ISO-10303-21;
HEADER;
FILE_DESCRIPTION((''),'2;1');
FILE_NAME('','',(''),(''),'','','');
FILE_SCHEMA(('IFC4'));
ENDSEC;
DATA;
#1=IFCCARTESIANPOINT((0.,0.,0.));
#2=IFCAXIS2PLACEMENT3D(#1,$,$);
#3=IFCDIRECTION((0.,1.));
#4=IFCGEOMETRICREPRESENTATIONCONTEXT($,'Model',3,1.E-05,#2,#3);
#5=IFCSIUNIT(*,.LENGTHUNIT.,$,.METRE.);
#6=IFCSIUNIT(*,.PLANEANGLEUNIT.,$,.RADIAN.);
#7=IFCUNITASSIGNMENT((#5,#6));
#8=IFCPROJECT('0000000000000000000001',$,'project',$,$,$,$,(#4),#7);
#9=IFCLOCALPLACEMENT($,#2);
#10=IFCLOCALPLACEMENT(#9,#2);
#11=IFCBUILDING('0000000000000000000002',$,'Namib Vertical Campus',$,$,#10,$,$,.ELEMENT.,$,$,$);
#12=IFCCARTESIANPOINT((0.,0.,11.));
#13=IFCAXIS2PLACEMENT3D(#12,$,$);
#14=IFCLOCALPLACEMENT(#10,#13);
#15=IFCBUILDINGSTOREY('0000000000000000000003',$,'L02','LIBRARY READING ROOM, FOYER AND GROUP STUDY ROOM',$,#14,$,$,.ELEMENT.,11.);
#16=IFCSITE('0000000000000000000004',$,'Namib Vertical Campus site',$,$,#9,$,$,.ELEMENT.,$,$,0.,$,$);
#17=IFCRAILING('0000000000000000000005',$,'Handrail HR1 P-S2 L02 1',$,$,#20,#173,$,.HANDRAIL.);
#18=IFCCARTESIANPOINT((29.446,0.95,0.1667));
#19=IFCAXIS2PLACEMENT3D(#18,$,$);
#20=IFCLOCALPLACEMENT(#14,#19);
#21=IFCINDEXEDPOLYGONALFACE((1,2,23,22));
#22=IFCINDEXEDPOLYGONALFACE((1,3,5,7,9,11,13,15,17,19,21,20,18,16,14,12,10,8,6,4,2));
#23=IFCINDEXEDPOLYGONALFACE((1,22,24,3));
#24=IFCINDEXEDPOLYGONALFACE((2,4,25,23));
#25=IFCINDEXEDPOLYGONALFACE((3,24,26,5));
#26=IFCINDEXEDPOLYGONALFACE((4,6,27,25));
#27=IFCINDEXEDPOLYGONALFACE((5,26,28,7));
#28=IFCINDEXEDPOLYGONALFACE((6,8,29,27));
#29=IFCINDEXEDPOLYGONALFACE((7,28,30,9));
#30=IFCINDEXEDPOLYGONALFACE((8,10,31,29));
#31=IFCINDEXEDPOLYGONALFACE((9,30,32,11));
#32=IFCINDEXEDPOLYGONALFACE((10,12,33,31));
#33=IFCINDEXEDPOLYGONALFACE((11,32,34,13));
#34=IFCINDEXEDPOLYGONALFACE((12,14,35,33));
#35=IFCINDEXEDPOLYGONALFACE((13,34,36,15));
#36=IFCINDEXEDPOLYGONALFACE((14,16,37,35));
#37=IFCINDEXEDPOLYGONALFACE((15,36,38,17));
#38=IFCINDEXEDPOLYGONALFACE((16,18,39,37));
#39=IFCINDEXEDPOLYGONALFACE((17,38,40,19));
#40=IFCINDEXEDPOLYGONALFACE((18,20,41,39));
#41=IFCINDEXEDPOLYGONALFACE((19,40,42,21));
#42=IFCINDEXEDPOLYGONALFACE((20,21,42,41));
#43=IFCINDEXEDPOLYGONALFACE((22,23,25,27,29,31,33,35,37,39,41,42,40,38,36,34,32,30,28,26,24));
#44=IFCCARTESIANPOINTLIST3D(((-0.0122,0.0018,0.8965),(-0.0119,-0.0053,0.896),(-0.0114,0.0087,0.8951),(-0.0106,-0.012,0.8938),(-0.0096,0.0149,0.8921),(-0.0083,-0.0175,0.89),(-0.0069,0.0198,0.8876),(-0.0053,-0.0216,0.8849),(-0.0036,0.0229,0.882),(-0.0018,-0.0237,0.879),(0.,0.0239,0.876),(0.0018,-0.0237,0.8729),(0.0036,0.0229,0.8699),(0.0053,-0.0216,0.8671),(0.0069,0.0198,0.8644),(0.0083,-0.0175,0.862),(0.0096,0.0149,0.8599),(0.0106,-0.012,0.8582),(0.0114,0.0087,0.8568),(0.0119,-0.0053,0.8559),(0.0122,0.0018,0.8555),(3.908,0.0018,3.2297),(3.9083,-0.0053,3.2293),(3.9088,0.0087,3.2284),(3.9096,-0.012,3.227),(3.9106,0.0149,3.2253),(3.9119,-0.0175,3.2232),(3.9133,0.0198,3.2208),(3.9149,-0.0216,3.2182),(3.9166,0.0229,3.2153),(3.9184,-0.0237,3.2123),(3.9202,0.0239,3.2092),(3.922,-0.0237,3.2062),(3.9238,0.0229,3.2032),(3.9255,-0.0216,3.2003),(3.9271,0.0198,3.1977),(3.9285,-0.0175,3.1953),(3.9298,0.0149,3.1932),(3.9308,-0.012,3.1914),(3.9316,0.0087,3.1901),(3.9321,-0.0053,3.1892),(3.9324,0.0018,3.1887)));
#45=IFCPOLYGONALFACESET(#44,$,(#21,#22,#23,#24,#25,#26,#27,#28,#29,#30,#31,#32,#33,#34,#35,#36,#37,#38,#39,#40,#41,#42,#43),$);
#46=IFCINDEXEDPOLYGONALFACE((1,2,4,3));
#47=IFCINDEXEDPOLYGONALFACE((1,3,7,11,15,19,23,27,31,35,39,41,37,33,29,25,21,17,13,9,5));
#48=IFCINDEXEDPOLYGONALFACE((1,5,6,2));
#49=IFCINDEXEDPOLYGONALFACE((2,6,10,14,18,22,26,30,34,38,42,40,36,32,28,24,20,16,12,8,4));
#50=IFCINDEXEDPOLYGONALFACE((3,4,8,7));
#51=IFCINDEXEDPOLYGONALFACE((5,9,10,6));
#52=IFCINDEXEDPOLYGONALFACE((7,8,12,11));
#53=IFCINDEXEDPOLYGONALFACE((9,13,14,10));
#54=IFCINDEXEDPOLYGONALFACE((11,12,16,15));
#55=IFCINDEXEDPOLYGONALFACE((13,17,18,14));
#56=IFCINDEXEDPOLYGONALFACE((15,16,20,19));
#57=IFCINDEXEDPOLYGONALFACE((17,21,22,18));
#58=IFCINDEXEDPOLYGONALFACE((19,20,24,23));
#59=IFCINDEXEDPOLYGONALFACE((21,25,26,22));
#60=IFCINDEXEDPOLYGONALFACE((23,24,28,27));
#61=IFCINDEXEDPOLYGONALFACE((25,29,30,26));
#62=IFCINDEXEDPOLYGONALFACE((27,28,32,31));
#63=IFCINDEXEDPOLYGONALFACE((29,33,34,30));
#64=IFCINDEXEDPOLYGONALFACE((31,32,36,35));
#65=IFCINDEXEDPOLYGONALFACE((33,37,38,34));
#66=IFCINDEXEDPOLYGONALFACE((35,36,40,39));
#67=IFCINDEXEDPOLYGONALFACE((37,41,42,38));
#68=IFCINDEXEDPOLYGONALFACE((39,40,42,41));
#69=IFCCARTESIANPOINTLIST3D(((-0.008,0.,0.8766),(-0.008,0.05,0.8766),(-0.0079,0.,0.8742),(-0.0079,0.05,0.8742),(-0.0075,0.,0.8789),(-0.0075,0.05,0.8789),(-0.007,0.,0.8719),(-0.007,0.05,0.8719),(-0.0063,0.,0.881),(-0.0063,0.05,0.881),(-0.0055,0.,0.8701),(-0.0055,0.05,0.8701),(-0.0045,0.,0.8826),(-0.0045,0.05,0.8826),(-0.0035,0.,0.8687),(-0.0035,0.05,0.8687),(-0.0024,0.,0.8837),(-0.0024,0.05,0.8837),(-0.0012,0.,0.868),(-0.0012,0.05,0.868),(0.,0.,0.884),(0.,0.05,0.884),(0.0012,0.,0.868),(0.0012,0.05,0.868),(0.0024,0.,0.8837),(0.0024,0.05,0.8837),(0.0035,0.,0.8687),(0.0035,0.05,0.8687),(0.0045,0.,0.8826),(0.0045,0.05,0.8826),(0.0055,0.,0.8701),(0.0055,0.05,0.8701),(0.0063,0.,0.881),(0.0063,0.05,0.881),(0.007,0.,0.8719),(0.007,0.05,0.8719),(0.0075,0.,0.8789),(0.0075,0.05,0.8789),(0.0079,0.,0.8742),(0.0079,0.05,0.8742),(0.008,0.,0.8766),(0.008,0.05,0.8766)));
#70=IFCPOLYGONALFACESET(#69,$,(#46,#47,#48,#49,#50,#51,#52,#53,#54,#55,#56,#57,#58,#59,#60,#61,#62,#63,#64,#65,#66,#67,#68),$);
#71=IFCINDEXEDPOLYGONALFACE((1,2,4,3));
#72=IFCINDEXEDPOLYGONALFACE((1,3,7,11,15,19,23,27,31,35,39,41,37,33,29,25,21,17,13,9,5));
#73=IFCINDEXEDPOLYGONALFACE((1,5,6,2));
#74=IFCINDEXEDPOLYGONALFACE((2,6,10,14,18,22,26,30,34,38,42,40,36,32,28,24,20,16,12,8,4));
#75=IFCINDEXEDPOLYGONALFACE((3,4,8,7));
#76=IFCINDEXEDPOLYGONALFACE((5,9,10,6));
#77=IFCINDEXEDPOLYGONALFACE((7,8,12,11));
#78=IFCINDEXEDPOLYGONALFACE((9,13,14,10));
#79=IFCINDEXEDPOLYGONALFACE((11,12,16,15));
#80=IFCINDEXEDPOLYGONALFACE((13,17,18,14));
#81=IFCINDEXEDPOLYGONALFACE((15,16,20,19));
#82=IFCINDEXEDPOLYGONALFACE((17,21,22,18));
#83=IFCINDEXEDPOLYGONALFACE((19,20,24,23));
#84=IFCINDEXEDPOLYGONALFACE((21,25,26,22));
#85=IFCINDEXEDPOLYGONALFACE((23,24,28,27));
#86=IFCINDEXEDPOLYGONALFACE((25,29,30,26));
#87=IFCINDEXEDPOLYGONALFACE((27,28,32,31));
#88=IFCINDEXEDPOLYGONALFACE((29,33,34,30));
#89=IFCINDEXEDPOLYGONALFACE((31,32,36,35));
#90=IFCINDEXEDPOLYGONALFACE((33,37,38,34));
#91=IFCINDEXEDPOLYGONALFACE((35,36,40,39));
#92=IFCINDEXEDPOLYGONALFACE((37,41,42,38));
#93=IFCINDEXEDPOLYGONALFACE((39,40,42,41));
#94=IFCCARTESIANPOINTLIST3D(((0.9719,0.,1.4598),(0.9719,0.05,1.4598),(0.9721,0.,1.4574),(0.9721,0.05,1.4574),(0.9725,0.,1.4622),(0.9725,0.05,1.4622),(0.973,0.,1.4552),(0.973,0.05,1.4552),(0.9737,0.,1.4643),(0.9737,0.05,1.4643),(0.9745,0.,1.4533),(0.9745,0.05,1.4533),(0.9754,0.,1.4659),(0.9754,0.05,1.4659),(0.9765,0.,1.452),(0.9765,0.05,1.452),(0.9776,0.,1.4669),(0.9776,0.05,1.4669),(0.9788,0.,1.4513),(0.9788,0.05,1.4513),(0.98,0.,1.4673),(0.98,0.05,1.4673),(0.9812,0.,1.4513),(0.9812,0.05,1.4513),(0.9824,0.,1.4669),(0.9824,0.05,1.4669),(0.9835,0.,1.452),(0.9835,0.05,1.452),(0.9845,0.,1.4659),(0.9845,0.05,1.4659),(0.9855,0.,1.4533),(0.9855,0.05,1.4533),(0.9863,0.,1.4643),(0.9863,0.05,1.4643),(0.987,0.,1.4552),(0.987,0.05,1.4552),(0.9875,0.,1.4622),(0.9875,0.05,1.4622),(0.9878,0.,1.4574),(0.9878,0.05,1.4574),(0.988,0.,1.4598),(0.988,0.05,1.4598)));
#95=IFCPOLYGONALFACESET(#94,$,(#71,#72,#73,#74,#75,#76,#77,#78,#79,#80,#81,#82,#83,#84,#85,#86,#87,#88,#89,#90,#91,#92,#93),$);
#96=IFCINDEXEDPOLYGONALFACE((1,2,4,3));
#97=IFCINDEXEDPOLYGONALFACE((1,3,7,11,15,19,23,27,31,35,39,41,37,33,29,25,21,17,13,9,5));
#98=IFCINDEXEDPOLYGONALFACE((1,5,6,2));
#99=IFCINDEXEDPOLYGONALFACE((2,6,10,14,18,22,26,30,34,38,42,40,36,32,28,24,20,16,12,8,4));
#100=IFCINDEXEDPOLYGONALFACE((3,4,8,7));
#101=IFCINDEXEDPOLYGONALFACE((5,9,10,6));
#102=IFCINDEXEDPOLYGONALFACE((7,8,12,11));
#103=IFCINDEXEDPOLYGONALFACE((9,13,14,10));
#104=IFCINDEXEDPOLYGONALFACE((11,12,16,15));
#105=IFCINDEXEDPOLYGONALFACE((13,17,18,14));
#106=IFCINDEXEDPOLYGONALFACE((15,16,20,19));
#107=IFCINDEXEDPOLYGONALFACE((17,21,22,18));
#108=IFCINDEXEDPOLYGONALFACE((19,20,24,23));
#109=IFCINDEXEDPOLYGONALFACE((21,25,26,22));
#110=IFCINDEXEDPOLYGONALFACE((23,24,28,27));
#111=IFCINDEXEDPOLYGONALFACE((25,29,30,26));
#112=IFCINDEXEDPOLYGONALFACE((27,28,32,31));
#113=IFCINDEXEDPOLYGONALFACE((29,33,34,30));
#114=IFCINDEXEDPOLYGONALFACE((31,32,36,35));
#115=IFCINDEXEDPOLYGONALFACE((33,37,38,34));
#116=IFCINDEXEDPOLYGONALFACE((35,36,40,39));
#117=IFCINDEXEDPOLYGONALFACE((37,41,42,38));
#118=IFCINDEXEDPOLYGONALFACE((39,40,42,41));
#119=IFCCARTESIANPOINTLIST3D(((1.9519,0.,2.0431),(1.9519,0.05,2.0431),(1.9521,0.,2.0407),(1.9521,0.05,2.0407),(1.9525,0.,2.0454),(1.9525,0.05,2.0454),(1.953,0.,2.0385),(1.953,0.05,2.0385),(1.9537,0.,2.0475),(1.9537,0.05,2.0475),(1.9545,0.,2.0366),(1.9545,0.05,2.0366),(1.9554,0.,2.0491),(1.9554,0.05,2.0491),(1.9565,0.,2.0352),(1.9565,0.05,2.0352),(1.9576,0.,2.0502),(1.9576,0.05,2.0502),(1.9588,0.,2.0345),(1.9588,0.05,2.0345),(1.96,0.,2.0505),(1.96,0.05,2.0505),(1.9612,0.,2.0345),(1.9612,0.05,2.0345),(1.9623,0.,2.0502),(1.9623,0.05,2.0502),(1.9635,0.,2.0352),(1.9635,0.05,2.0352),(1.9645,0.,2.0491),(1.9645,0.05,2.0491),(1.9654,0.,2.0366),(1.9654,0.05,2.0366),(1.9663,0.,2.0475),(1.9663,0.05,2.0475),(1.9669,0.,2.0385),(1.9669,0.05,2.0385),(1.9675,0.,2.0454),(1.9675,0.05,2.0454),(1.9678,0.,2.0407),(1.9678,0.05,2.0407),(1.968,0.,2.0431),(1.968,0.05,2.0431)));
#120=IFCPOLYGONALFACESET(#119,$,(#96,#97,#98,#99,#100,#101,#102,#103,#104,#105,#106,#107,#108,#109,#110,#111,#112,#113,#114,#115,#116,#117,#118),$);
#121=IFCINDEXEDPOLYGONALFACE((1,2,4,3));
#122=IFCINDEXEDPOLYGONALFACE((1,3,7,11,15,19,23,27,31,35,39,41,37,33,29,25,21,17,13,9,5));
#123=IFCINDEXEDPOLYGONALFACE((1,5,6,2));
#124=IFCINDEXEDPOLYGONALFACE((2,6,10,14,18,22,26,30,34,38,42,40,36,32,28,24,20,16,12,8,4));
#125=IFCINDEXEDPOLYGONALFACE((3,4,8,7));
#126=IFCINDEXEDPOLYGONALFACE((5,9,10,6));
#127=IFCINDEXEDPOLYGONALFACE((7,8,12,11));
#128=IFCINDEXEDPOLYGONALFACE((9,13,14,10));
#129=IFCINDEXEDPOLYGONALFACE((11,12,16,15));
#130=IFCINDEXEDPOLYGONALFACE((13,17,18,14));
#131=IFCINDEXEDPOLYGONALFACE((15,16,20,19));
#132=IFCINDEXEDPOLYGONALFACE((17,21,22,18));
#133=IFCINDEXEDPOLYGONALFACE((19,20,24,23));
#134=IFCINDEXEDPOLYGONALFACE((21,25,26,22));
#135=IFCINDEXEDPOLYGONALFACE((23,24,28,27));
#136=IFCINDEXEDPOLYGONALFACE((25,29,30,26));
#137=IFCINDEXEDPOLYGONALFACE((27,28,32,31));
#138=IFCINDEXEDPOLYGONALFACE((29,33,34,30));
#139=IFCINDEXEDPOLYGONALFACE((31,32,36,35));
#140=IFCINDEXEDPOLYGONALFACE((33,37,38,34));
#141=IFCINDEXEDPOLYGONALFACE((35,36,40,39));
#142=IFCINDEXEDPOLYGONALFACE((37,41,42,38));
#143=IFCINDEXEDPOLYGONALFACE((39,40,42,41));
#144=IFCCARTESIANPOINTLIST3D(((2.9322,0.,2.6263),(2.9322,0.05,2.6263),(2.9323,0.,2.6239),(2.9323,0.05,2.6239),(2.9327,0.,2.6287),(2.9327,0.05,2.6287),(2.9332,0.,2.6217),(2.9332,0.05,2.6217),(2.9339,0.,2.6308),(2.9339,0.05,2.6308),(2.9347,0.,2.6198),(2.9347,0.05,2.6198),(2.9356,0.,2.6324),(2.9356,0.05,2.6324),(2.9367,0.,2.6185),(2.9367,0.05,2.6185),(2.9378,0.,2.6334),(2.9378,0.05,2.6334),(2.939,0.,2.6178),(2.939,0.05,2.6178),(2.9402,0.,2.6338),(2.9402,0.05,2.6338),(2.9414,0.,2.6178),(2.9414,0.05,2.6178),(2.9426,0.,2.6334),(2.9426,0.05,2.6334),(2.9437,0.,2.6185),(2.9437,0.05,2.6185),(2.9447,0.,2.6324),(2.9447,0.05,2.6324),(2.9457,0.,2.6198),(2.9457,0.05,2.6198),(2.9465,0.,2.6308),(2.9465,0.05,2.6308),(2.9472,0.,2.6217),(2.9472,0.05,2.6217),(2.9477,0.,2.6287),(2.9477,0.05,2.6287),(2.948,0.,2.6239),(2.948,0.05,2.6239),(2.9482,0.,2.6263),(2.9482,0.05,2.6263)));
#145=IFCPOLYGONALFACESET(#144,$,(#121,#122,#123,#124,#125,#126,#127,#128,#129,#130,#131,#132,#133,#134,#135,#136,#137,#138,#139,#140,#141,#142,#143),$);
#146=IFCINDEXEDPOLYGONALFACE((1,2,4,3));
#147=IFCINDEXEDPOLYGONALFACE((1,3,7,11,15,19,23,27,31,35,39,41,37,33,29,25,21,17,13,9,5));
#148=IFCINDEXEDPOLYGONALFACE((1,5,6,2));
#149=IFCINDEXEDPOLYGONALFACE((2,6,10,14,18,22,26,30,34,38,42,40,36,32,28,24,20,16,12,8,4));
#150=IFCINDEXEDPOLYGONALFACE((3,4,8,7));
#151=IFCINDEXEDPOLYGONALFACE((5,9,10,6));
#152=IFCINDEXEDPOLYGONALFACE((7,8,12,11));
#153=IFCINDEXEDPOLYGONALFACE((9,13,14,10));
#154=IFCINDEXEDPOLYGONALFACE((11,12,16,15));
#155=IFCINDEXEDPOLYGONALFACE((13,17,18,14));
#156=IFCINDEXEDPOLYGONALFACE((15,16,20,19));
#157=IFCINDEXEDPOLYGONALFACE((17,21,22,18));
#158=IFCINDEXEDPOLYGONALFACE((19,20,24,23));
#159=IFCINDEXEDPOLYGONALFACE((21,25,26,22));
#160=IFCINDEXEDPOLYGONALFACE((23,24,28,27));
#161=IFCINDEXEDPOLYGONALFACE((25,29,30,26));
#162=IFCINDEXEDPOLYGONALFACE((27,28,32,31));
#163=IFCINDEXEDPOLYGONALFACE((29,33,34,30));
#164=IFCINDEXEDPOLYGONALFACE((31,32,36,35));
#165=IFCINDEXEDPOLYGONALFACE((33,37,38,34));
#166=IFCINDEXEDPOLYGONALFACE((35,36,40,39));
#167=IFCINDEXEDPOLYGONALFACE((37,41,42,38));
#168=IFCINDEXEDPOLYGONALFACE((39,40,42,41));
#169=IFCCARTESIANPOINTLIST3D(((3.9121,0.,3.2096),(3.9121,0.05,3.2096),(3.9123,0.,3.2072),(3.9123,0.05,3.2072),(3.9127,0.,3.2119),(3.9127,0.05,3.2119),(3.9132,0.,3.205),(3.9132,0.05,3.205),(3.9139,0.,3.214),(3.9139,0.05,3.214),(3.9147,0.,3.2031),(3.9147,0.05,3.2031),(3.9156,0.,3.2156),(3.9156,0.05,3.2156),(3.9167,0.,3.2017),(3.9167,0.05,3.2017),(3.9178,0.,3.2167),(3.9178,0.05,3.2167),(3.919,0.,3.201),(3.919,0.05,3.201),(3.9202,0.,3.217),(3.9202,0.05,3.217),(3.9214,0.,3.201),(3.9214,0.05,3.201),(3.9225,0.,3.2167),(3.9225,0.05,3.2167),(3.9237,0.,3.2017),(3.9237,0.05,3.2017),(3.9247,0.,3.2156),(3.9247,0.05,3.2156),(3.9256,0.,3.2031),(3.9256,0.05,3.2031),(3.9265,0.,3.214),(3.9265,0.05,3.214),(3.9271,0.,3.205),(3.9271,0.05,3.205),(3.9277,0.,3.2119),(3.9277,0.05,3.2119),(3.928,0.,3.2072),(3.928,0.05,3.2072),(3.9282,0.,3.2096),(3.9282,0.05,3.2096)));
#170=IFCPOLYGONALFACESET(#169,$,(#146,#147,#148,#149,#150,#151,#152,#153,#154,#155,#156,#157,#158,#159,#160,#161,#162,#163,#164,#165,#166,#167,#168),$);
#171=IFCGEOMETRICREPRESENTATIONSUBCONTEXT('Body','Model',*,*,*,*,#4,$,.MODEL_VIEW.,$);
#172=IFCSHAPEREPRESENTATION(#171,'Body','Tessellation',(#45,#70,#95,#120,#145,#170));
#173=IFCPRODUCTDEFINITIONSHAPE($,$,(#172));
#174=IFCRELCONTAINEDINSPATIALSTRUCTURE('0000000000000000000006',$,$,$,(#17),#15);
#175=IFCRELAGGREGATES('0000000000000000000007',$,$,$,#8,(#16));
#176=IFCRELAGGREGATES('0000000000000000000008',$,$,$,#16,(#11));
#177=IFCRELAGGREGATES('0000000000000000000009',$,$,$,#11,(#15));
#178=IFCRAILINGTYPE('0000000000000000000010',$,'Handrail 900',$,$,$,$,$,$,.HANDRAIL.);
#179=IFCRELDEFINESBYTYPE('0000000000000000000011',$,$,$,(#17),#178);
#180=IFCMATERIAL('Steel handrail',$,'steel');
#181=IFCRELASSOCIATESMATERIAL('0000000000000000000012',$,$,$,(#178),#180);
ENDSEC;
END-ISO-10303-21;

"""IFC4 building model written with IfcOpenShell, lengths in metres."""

from ifc_helpers import new_model, si_unit, direction, frame, origin, origin_2d, place, context, subcontext, project, spatial, circle, extrude, material, type_object, element, save


model = new_model("IFC4")

# Units and contexts
model_context = context("Model", 3, precision=1e-05, world=origin(), true_north=direction((0.0, 1.0)))
body_context = subcontext(model_context, "Body", "Model", "MODEL_VIEW")
ifc_project = project(units=[si_unit("LENGTHUNIT", "METRE"), si_unit("PLANEANGLEUNIT", "RADIAN")], contexts=[model_context])

# Site, building, storey
site_placement = place(None, origin())
site = spatial("IfcSite", under=ifc_project, at=site_placement, Name="Namib Vertical Campus site", CompositionType="ELEMENT", RefElevation=0.0)
building_placement = place(site_placement, origin())
building = spatial("IfcBuilding", under=site, at=building_placement, Name="Namib Vertical Campus", CompositionType="ELEMENT")
storey_placement = place(building_placement, frame((0.0, 0.0, 11.0)))
storey = spatial("IfcBuildingStorey", under=building, at=storey_placement, Name="L02", Description="LIBRARY READING ROOM, FOYER AND GROUP STUDY ROOM", CompositionType="ELEMENT", Elevation=11.0)

# Railing
ifc_material_1 = material(Name="Steel handrail", Category="steel")
railing_type = type_object("IfcRailingType", Name="Handrail 900", PredefinedType="HANDRAIL", material=ifc_material_1)
railing_1_placement = place(storey_placement, frame((29.446, 0.95, 0.1667)))
element("IfcRailing", 1, at=railing_1_placement, inside=storey, type_object=railing_type, Name="Handrail HR1 P-S2 L02 1", PredefinedType="HANDRAIL", context=body_context, shape_type="SweptSolid", body=[
    extrude(circle(Radius=0.0239, at=origin_2d()), frame((0.0, 0.0, 0.876), z_axis=(0.85931, 0.0, 0.511455), x_axis=(0.0, 1.0, 0.0)), (0.0, 0.0, 1.0), 4.562),
    extrude(circle(Radius=0.0081, at=origin_2d()), frame((0.0, 0.0, 0.876), z_axis=(0.0, 1.0, 0.0), x_axis=(0.0, 0.0, 1.0)), (0.0, 0.0, 1.0), 0.05),
    extrude(circle(Radius=0.0081, at=origin_2d()), frame((0.98, 0.0, 1.4592), z_axis=(0.0, 1.0, 0.0), x_axis=(0.0, 0.0, 1.0)), (0.0, 0.0, 1.0), 0.05),
    extrude(circle(Radius=0.0081, at=origin_2d()), frame((1.96, 0.0, 2.0425), z_axis=(0.0, 1.0, 0.0), x_axis=(0.0, 0.0, 1.0)), (0.0, 0.0, 1.0), 0.05),
    extrude(circle(Radius=0.0081, at=origin_2d()), frame((2.9402, 0.0, 2.6257), z_axis=(0.0, 1.0, 0.0), x_axis=(0.0, 0.0, 1.0)), (0.0, 0.0, 1.0), 0.05),
    extrude(circle(Radius=0.0081, at=origin_2d()), frame((3.9202, 0.0, 3.209), z_axis=(0.0, 1.0, 0.0), x_axis=(0.0, 0.0, 1.0)), (0.0, 0.0, 1.0), 0.05),
])

save(model, "model.ifc")
